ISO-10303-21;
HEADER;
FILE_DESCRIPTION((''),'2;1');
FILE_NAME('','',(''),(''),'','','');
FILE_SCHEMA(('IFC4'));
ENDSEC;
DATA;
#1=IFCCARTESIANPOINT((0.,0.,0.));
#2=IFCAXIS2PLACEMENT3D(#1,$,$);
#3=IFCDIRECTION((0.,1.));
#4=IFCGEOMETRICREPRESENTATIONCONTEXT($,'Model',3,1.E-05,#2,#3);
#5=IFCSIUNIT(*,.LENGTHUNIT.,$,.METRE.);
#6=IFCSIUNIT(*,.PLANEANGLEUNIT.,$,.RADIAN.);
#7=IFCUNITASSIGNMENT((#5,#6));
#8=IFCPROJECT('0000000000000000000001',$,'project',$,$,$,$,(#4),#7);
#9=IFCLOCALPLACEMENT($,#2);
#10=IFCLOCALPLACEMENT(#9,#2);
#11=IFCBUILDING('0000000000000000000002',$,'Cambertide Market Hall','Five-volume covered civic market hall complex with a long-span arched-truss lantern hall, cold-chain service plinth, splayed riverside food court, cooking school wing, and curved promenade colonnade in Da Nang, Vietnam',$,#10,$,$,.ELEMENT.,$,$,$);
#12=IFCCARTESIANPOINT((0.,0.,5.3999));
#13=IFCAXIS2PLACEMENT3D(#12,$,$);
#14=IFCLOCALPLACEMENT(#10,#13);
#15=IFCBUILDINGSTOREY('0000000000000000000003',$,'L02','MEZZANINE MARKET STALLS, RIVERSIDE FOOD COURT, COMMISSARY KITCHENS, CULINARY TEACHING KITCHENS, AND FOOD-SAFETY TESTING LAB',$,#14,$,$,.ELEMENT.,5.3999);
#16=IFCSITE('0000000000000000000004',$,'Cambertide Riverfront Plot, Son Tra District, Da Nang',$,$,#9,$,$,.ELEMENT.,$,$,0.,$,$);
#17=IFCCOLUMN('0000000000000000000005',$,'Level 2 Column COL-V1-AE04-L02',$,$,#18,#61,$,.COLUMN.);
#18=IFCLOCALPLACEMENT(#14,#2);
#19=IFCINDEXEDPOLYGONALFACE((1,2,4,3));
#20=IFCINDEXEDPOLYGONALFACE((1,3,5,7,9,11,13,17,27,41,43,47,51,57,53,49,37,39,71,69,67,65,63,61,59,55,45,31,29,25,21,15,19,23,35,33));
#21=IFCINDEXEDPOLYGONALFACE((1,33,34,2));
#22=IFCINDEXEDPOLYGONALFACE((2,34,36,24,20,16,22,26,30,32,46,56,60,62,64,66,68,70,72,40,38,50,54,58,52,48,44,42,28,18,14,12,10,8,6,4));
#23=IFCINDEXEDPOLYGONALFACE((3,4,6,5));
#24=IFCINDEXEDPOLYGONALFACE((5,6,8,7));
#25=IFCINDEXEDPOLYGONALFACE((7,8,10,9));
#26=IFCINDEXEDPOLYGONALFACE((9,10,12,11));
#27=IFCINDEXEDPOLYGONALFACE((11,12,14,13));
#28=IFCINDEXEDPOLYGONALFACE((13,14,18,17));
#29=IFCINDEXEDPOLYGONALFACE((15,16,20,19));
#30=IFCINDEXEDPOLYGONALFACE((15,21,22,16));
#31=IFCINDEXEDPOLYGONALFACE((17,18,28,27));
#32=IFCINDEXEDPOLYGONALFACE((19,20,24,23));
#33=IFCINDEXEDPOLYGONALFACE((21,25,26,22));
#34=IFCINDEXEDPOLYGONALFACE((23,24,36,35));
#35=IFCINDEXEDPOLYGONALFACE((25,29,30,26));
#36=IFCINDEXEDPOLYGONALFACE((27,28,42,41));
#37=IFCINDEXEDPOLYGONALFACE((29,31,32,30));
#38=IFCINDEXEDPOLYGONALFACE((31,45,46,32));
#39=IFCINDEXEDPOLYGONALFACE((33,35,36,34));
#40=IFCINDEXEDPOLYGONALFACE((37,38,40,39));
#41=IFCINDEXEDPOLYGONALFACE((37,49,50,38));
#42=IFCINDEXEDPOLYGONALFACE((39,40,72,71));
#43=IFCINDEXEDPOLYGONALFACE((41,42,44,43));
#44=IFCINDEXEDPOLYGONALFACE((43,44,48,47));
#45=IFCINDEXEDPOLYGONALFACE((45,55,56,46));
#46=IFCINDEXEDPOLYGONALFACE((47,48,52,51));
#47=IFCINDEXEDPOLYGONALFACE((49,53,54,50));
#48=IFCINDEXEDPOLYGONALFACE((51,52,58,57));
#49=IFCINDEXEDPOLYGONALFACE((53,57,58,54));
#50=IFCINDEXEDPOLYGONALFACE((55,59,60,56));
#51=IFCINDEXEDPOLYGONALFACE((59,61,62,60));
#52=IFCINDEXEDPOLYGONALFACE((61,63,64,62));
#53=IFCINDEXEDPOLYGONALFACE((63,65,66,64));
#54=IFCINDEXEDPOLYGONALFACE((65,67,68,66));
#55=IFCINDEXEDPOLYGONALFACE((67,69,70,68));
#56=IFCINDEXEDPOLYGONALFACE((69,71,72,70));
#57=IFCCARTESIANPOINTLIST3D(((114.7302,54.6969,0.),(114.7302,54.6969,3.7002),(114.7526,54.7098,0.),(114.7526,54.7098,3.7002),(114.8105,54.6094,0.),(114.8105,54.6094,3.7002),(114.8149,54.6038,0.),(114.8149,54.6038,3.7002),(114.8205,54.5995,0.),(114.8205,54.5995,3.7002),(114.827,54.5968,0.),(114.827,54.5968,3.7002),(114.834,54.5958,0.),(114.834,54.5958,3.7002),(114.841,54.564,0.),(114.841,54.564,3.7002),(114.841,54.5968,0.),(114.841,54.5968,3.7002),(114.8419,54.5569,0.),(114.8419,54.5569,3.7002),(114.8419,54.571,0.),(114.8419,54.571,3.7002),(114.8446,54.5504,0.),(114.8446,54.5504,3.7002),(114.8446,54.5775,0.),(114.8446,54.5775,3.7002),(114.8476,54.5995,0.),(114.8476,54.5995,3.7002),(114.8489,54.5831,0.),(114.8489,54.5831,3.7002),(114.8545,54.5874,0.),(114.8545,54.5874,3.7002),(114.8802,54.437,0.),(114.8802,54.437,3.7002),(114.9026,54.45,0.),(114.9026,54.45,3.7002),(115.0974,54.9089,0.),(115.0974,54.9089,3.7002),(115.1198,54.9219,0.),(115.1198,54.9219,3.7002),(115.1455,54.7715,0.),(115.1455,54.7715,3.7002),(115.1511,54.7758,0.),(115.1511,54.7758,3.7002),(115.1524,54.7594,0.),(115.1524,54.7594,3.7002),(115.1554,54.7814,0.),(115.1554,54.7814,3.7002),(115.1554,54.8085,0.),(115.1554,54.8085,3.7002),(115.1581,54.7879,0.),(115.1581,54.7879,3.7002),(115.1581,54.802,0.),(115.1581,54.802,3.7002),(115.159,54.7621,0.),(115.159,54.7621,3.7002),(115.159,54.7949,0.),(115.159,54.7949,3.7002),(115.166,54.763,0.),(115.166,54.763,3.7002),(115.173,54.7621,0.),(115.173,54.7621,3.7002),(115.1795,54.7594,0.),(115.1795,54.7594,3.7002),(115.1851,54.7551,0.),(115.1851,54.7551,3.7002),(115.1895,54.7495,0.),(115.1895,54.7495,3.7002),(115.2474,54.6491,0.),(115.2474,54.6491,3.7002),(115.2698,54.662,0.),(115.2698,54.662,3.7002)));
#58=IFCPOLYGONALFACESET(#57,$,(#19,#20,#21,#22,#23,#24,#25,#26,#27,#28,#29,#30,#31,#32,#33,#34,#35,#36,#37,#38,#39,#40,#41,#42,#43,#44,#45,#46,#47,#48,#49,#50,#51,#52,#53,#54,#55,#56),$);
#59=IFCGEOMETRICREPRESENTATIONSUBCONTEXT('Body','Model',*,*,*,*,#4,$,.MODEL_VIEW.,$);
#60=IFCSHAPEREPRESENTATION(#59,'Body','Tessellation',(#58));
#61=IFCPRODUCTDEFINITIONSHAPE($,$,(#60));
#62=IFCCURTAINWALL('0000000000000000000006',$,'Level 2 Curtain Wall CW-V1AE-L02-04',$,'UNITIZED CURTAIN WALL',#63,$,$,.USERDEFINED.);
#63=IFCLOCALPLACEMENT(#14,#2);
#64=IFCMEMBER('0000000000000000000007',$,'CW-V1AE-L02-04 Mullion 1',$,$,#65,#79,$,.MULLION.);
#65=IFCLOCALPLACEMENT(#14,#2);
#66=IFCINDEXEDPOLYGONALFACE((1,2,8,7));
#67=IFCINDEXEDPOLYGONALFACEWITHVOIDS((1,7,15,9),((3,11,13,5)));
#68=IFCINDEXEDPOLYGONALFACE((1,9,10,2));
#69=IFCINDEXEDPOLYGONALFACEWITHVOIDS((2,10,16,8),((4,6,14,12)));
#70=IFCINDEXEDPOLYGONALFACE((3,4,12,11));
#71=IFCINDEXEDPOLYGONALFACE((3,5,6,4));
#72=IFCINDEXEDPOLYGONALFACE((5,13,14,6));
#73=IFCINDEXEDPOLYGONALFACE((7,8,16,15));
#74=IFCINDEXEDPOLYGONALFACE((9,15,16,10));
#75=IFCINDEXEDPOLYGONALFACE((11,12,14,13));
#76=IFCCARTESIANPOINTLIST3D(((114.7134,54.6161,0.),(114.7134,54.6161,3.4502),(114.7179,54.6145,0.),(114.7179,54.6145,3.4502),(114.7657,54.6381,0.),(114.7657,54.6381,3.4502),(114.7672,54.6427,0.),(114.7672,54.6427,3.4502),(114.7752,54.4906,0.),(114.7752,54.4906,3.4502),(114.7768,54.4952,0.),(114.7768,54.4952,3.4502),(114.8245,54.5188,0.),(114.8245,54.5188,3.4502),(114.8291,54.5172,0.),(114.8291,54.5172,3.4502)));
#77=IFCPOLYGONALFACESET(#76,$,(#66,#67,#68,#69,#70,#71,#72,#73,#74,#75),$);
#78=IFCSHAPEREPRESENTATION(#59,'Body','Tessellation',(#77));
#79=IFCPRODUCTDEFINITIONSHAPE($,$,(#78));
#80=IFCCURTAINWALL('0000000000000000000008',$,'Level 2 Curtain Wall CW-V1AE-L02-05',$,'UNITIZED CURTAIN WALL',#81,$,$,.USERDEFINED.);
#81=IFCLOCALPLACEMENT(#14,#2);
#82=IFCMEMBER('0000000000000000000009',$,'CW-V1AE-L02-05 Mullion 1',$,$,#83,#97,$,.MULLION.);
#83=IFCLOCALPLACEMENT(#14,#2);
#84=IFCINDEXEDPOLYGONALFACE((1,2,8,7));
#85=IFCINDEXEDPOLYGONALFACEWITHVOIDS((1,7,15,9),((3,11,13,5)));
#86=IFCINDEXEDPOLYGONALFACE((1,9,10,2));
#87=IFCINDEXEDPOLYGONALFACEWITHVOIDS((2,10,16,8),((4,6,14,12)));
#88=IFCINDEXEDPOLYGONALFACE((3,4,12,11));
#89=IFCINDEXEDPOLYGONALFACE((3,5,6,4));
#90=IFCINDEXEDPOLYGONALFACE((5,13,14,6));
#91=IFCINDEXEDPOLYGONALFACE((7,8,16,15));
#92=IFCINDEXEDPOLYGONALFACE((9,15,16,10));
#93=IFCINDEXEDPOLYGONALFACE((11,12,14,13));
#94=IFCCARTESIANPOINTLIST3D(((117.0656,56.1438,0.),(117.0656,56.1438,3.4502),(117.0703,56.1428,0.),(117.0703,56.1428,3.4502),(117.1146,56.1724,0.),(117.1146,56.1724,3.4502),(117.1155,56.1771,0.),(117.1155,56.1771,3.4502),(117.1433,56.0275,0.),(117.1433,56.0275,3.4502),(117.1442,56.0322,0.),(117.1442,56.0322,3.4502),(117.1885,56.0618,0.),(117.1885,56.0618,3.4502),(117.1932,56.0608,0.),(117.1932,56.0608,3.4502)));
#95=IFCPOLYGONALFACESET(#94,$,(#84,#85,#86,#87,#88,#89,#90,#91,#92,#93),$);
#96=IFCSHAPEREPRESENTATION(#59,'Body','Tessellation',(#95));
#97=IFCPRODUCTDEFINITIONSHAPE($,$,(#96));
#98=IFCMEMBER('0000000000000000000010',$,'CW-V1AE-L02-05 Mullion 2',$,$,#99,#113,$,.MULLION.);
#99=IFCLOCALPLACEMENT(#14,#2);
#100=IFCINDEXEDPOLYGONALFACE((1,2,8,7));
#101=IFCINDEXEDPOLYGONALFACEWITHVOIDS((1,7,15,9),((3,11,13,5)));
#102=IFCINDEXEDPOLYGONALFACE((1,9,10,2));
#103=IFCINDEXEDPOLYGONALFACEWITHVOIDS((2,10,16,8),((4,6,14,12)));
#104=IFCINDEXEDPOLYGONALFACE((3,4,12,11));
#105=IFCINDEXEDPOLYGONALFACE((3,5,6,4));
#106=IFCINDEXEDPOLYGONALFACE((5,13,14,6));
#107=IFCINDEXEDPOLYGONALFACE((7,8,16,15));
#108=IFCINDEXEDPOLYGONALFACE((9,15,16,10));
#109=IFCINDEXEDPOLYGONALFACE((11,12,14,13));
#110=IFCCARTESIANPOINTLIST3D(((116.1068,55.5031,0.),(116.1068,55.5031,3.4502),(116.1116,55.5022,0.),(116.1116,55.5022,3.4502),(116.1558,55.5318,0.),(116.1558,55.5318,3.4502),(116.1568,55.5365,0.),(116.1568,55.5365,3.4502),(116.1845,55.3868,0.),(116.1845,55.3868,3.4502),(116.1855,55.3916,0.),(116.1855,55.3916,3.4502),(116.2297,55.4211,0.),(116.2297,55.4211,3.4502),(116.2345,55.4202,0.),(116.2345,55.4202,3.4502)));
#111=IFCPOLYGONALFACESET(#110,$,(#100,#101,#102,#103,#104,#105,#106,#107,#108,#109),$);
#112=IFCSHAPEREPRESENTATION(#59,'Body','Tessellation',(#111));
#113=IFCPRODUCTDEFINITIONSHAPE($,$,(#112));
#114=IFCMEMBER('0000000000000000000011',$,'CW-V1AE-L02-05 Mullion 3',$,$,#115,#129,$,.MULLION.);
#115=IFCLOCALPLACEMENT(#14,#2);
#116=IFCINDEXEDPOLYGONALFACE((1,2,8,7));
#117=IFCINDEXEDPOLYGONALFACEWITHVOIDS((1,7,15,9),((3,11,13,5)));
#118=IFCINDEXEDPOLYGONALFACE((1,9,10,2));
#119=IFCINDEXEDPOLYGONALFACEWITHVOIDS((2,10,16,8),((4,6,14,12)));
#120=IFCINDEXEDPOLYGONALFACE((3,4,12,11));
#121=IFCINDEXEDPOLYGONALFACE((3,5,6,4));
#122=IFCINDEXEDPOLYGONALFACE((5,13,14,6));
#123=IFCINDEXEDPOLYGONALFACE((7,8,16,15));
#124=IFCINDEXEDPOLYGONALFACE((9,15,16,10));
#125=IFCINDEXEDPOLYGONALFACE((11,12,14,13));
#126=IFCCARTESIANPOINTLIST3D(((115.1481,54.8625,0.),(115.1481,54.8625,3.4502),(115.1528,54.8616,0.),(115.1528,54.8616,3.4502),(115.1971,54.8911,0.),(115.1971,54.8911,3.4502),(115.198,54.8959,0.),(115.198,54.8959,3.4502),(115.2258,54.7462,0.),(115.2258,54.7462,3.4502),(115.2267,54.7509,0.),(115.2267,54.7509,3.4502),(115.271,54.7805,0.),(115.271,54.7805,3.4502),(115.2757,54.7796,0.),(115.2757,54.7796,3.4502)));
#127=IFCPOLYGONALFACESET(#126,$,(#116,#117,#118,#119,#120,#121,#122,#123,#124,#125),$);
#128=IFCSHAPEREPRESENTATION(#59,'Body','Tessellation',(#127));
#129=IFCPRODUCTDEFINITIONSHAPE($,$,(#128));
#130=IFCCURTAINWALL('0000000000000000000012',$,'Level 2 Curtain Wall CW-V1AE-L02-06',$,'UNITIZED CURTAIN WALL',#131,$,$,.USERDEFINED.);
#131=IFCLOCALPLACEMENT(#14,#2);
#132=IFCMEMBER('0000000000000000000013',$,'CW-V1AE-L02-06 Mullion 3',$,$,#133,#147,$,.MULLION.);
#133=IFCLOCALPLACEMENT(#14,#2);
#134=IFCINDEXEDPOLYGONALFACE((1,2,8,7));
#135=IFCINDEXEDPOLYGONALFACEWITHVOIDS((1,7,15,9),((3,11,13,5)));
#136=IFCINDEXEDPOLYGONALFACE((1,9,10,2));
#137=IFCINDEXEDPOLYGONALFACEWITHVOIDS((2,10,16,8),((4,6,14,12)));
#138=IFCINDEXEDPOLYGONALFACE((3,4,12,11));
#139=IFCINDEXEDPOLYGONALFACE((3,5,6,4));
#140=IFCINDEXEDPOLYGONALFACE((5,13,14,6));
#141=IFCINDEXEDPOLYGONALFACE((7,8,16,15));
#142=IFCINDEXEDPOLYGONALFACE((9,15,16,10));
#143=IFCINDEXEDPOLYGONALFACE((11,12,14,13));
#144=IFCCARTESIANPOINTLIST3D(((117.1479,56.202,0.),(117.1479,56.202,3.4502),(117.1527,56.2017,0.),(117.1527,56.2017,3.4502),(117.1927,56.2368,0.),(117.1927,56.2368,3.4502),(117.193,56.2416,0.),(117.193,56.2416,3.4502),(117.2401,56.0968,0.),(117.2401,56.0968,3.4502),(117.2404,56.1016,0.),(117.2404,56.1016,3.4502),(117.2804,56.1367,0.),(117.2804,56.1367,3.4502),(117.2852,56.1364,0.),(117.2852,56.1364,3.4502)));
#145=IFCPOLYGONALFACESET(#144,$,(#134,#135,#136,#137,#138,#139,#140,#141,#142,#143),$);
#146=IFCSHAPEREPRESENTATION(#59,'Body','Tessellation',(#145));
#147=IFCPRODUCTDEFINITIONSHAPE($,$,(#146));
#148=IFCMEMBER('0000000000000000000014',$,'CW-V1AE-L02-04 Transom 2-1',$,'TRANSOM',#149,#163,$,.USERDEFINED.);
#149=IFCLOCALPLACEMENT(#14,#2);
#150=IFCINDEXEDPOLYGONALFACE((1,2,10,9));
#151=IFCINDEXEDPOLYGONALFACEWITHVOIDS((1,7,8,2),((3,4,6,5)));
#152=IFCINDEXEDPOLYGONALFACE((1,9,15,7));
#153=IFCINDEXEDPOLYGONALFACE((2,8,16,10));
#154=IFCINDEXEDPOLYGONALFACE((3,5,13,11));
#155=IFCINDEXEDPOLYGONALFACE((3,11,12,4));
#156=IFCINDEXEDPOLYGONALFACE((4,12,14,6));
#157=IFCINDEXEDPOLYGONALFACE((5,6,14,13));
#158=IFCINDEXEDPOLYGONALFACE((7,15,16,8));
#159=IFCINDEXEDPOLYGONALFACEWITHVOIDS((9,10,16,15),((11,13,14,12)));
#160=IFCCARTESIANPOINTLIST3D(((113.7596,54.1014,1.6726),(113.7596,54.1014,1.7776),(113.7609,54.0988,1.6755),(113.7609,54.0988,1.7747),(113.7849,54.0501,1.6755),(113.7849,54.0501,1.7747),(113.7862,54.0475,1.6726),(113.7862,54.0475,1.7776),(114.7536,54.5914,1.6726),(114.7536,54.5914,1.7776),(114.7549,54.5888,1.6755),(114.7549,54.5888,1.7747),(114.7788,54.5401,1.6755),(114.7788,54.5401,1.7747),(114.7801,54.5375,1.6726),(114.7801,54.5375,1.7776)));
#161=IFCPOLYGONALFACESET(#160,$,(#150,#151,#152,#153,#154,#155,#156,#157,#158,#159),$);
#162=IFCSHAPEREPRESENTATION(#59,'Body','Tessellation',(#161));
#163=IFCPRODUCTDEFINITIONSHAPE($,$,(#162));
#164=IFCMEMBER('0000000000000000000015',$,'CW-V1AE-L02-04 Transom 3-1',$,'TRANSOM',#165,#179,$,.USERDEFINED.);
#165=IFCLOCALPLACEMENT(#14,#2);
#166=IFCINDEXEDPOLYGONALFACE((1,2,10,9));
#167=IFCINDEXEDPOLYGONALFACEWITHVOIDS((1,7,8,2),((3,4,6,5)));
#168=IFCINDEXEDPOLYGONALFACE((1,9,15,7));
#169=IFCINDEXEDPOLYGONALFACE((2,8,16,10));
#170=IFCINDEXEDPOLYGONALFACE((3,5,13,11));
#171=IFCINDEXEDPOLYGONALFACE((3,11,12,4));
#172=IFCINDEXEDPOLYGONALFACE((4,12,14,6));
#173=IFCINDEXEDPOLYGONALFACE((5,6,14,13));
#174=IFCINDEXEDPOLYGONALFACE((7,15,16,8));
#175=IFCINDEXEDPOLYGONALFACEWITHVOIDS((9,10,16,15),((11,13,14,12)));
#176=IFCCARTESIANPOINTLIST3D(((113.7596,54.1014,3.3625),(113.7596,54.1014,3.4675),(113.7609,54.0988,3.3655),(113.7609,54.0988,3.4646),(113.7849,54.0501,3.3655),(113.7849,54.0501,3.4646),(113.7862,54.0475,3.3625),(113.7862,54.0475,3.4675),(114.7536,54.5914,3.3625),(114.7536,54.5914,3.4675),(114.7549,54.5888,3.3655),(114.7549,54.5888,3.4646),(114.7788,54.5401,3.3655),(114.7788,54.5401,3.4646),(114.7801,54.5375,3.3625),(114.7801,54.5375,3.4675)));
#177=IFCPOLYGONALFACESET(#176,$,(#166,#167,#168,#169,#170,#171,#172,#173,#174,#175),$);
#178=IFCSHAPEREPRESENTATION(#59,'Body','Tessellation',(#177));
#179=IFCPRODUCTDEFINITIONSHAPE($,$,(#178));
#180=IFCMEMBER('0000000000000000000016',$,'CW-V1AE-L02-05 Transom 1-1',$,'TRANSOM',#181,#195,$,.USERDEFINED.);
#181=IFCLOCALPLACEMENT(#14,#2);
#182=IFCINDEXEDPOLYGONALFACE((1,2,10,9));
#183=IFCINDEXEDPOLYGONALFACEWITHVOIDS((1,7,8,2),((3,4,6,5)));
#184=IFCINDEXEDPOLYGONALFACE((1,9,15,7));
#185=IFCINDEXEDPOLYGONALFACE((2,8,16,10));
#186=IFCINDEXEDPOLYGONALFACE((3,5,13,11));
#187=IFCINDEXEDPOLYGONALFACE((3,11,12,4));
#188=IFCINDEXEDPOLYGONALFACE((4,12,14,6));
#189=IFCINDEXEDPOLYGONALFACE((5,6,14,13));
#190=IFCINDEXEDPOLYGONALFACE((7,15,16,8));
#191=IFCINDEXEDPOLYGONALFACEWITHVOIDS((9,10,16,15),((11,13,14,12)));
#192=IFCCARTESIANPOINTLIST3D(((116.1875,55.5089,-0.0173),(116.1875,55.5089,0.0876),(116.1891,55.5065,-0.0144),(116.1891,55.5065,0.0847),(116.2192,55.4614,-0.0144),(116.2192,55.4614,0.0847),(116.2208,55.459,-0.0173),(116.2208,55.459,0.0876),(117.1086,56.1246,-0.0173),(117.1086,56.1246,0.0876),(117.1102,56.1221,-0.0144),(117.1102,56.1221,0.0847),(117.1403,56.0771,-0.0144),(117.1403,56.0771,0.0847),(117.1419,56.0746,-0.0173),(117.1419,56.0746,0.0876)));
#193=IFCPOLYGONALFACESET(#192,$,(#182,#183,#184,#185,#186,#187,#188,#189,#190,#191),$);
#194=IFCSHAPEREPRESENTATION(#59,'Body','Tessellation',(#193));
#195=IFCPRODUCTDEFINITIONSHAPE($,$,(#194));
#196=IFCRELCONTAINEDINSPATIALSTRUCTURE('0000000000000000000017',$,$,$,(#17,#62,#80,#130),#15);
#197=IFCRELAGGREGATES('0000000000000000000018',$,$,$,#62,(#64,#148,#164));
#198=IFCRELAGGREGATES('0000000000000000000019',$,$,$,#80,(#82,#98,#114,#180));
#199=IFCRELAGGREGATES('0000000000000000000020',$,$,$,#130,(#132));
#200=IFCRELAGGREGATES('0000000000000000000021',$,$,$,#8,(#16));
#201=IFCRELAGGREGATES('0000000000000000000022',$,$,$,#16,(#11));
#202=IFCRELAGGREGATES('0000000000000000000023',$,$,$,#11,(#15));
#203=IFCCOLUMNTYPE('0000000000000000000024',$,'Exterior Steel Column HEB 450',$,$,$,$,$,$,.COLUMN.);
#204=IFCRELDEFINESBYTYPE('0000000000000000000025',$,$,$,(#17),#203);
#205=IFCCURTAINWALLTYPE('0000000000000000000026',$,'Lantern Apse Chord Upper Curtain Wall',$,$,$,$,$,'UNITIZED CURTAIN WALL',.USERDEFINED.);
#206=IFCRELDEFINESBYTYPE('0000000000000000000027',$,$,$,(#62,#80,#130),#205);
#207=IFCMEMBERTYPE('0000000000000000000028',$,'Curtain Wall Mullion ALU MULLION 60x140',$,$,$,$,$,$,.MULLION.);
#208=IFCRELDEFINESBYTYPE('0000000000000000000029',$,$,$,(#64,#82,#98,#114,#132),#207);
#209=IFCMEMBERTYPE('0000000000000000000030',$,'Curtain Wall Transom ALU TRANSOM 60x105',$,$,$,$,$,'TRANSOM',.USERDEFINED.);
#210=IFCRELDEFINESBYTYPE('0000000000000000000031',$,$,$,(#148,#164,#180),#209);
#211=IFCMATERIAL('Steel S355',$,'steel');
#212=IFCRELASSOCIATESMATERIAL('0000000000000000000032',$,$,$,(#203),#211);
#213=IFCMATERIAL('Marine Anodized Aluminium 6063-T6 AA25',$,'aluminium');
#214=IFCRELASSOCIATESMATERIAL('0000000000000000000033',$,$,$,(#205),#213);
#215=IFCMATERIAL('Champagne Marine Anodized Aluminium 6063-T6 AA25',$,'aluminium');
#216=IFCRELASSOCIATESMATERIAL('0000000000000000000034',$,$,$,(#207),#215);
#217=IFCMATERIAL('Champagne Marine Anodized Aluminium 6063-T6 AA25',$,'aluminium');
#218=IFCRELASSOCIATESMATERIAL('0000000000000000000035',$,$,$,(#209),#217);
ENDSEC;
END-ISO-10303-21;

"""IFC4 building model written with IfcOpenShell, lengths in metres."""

from ifc_helpers import new_model, si_unit, direction, frame, origin, origin_2d, place, context, subcontext, project, spatial, hollow_rectangle, i_section, extrude, material, material_profile, profile_set, type_object, element, aggregate, save


model = new_model("IFC4")

# Units and contexts
model_context = context("Model", 3, precision=1e-05, world=origin(), true_north=direction((0.0, 1.0)))
body_context = subcontext(model_context, "Body", "Model", "MODEL_VIEW")
ifc_project = project(units=[si_unit("LENGTHUNIT", "METRE"), si_unit("PLANEANGLEUNIT", "RADIAN")], contexts=[model_context])

# Site, building, storey
site_placement = place(None, origin())
site = spatial("IfcSite", under=ifc_project, at=site_placement, Name="Cambertide Riverfront Plot, Son Tra District, Da Nang", CompositionType="ELEMENT", RefElevation=0.0)
building_placement = place(site_placement, origin())
building = spatial("IfcBuilding", under=site, at=building_placement, Name="Cambertide Market Hall", Description="Five-volume covered civic market hall complex with a long-span arched-truss lantern hall, cold-chain service plinth, splayed riverside food court, cooking school wing, and curved promenade colonnade in Da Nang, Vietnam", CompositionType="ELEMENT")
storey_placement = place(building_placement, frame((0.0, 0.0, 5.3999)))
storey = spatial("IfcBuildingStorey", under=building, at=storey_placement, Name="L02", Description="MEZZANINE MARKET STALLS, RIVERSIDE FOOD COURT, COMMISSARY KITCHENS, CULINARY TEACHING KITCHENS, AND FOOD-SAFETY TESTING LAB", CompositionType="ELEMENT", Elevation=5.3999)

# Column
ifc_material_1 = material(Name="Steel S355", Category="steel")
ifc_material_profile_1 = material_profile(ifc_material_1, i_section(OverallWidth=0.3, OverallDepth=0.45, WebThickness=0.0139, FlangeThickness=0.0259, FilletRadius=0.0271, at=origin_2d()), Name="HEB 450")
ifc_profile_set_1 = profile_set([ifc_material_profile_1], Name="Steel S355")
column_type = type_object("IfcColumnType", Name="Exterior Steel Column HEB 450", PredefinedType="COLUMN", material=ifc_profile_set_1)
column_placement = place(storey_placement, frame((115.0, 54.6794, 0.0), z_axis=(0.0, 0.0, 1.0), x_axis=(0.5, -0.866025, 0.0)))
element("IfcColumn", 1, at=column_placement, inside=storey, type_object=column_type, Name="Level 2 Column COL-V1-AE04-L02", PredefinedType="COLUMN", context=body_context, shape_type="SweptSolid", body=[
    extrude(i_section(OverallWidth=0.3, OverallDepth=0.45, WebThickness=0.0139, FlangeThickness=0.0259, FilletRadius=0.0271, at=origin_2d()), origin(), (0.0, 0.0, 1.0), 3.7002),
])

# Curtain wall, member
ifc_material_2 = material(Name="Marine Anodized Aluminium 6063-T6 AA25", Category="aluminium")
curtain_wall_type = type_object("IfcCurtainWallType", Name="Lantern Apse Chord Upper Curtain Wall", ElementType="UNITIZED CURTAIN WALL", PredefinedType="USERDEFINED", material=ifc_material_2)
curtain_wall_1_placement = place(storey_placement, origin())
curtain_wall_1 = element("IfcCurtainWall", 2, at=curtain_wall_1_placement, inside=storey, type_object=curtain_wall_type, Name="Level 2 Curtain Wall CW-V1AE-L02-04", ObjectType="UNITIZED CURTAIN WALL", PredefinedType="USERDEFINED")
ifc_material_3 = material(Name="Champagne Marine Anodized Aluminium 6063-T6 AA25", Category="aluminium")
ifc_material_profile_2 = material_profile(ifc_material_3, hollow_rectangle(XDim=0.0601, YDim=0.1399, WallThickness=0.0034, at=origin_2d()), Name="ALU MULLION 60x140")
ifc_profile_set_2 = profile_set([ifc_material_profile_2], Name="Champagne Marine Anodized Aluminium 6063-T6 AA25")
member_type_1 = type_object("IfcMemberType", Name="Curtain Wall Mullion ALU MULLION 60x140", PredefinedType="MULLION", material=ifc_profile_set_2)
member_1_placement = place(storey_placement, frame((114.7712, 54.5667, 0.0), z_axis=(0.0, 0.0, 1.0), x_axis=(-0.896873, -0.442289, 0.0)))
member_1 = element("IfcMember", 3, at=member_1_placement, type_object=member_type_1, Name="CW-V1AE-L02-04 Mullion 1", PredefinedType="MULLION", context=body_context, shape_type="SweptSolid", body=[
    extrude(hollow_rectangle(XDim=0.0601, YDim=0.1399, WallThickness=0.0034, at=origin_2d()), origin(), (0.0, 0.0, 1.0), 3.4502),
])

# Curtain wall, members
curtain_wall_2_placement = place(storey_placement, origin())
curtain_wall_2 = element("IfcCurtainWall", 4, at=curtain_wall_2_placement, inside=storey, type_object=curtain_wall_type, Name="Level 2 Curtain Wall CW-V1AE-L02-05", ObjectType="UNITIZED CURTAIN WALL", PredefinedType="USERDEFINED")
member_2_placement = place(storey_placement, frame((117.1294, 56.1023, 0.0), z_axis=(0.0, 0.0, 1.0), x_axis=(-0.83147, -0.55557, 0.0)))
member_2 = element("IfcMember", 5, at=member_2_placement, type_object=member_type_1, Name="CW-V1AE-L02-05 Mullion 1", PredefinedType="MULLION", context=body_context, shape_type="SweptSolid", body=[
    extrude(hollow_rectangle(XDim=0.0601, YDim=0.1399, WallThickness=0.0034, at=origin_2d()), origin(), (0.0, 0.0, 1.0), 3.4502),
])
member_3_placement = place(storey_placement, frame((116.1707, 55.4617, 0.0), z_axis=(0.0, 0.0, 1.0), x_axis=(-0.83147, -0.55557, 0.0)))
member_3 = element("IfcMember", 6, at=member_3_placement, type_object=member_type_1, Name="CW-V1AE-L02-05 Mullion 2", PredefinedType="MULLION", context=body_context, shape_type="SweptSolid", body=[
    extrude(hollow_rectangle(XDim=0.0601, YDim=0.1399, WallThickness=0.0034, at=origin_2d()), origin(), (0.0, 0.0, 1.0), 3.4502),
])
member_4_placement = place(storey_placement, frame((115.2119, 54.821, 0.0), z_axis=(0.0, 0.0, 1.0), x_axis=(-0.83147, -0.55557, 0.0)))
member_4 = element("IfcMember", 7, at=member_4_placement, type_object=member_type_1, Name="CW-V1AE-L02-05 Mullion 3", PredefinedType="MULLION", context=body_context, shape_type="SweptSolid", body=[
    extrude(hollow_rectangle(XDim=0.0601, YDim=0.1399, WallThickness=0.0034, at=origin_2d()), origin(), (0.0, 0.0, 1.0), 3.4502),
])

# Curtain wall, member
curtain_wall_3_placement = place(storey_placement, origin())
curtain_wall_3 = element("IfcCurtainWall", 8, at=curtain_wall_3_placement, inside=storey, type_object=curtain_wall_type, Name="Level 2 Curtain Wall CW-V1AE-L02-06", ObjectType="UNITIZED CURTAIN WALL", PredefinedType="USERDEFINED")
member_5_placement = place(storey_placement, frame((117.2166, 56.1692, 0.0), z_axis=(0.0, 0.0, 1.0), x_axis=(-0.75184, -0.659346, 0.0)))
member_5 = element("IfcMember", 9, at=member_5_placement, type_object=member_type_1, Name="CW-V1AE-L02-06 Mullion 3", PredefinedType="MULLION", context=body_context, shape_type="SweptSolid", body=[
    extrude(hollow_rectangle(XDim=0.0601, YDim=0.1399, WallThickness=0.0034, at=origin_2d()), origin(), (0.0, 0.0, 1.0), 3.4502),
])

# Members
ifc_material_4 = material(Name="Champagne Marine Anodized Aluminium 6063-T6 AA25", Category="aluminium")
ifc_material_profile_3 = material_profile(ifc_material_4, hollow_rectangle(XDim=0.0601, YDim=0.105, WallThickness=0.0029, at=origin_2d()), Name="ALU TRANSOM 60x105")
ifc_profile_set_3 = profile_set([ifc_material_profile_3], Name="Champagne Marine Anodized Aluminium 6063-T6 AA25")
member_type_2 = type_object("IfcMemberType", Name="Curtain Wall Transom ALU TRANSOM 60x105", ElementType="TRANSOM", PredefinedType="USERDEFINED", material=ifc_profile_set_3)
member_6_placement = place(storey_placement, frame((114.7668, 54.5645, 1.7251), z_axis=(-0.896925, -0.442183, 0.0), x_axis=(0.442183, -0.896925, 0.0)))
member_6 = element("IfcMember", 10, at=member_6_placement, type_object=member_type_2, Name="CW-V1AE-L02-04 Transom 2-1", ObjectType="TRANSOM", PredefinedType="USERDEFINED", context=body_context, shape_type="SweptSolid", body=[
    extrude(hollow_rectangle(XDim=0.0601, YDim=0.105, WallThickness=0.0029, at=origin_2d()), origin(), (0.0, 0.0, 1.0), 1.1082),
])
member_7_placement = place(storey_placement, frame((114.7668, 54.5645, 3.415), z_axis=(-0.896925, -0.442183, 0.0), x_axis=(0.442183, -0.896925, 0.0)))
member_7 = element("IfcMember", 11, at=member_7_placement, type_object=member_type_2, Name="CW-V1AE-L02-04 Transom 3-1", ObjectType="TRANSOM", PredefinedType="USERDEFINED", context=body_context, shape_type="SweptSolid", body=[
    extrude(hollow_rectangle(XDim=0.0601, YDim=0.105, WallThickness=0.0029, at=origin_2d()), origin(), (0.0, 0.0, 1.0), 1.1082),
])
aggregate(curtain_wall_1, [member_1, member_6, member_7])
member_8_placement = place(storey_placement, frame((117.1252, 56.0996, 0.0352), z_axis=(-0.831372, -0.555717, 0.0), x_axis=(0.555717, -0.831372, 0.0)))
member_8 = element("IfcMember", 12, at=member_8_placement, type_object=member_type_2, Name="CW-V1AE-L02-05 Transom 1-1", ObjectType="TRANSOM", PredefinedType="USERDEFINED", context=body_context, shape_type="SweptSolid", body=[
    extrude(hollow_rectangle(XDim=0.0601, YDim=0.105, WallThickness=0.0029, at=origin_2d()), origin(), (0.0, 0.0, 1.0), 1.1079),
])

aggregate(curtain_wall_2, [member_2, member_3, member_4, member_8])
aggregate(curtain_wall_3, [member_5])

save(model, "model.ifc")
